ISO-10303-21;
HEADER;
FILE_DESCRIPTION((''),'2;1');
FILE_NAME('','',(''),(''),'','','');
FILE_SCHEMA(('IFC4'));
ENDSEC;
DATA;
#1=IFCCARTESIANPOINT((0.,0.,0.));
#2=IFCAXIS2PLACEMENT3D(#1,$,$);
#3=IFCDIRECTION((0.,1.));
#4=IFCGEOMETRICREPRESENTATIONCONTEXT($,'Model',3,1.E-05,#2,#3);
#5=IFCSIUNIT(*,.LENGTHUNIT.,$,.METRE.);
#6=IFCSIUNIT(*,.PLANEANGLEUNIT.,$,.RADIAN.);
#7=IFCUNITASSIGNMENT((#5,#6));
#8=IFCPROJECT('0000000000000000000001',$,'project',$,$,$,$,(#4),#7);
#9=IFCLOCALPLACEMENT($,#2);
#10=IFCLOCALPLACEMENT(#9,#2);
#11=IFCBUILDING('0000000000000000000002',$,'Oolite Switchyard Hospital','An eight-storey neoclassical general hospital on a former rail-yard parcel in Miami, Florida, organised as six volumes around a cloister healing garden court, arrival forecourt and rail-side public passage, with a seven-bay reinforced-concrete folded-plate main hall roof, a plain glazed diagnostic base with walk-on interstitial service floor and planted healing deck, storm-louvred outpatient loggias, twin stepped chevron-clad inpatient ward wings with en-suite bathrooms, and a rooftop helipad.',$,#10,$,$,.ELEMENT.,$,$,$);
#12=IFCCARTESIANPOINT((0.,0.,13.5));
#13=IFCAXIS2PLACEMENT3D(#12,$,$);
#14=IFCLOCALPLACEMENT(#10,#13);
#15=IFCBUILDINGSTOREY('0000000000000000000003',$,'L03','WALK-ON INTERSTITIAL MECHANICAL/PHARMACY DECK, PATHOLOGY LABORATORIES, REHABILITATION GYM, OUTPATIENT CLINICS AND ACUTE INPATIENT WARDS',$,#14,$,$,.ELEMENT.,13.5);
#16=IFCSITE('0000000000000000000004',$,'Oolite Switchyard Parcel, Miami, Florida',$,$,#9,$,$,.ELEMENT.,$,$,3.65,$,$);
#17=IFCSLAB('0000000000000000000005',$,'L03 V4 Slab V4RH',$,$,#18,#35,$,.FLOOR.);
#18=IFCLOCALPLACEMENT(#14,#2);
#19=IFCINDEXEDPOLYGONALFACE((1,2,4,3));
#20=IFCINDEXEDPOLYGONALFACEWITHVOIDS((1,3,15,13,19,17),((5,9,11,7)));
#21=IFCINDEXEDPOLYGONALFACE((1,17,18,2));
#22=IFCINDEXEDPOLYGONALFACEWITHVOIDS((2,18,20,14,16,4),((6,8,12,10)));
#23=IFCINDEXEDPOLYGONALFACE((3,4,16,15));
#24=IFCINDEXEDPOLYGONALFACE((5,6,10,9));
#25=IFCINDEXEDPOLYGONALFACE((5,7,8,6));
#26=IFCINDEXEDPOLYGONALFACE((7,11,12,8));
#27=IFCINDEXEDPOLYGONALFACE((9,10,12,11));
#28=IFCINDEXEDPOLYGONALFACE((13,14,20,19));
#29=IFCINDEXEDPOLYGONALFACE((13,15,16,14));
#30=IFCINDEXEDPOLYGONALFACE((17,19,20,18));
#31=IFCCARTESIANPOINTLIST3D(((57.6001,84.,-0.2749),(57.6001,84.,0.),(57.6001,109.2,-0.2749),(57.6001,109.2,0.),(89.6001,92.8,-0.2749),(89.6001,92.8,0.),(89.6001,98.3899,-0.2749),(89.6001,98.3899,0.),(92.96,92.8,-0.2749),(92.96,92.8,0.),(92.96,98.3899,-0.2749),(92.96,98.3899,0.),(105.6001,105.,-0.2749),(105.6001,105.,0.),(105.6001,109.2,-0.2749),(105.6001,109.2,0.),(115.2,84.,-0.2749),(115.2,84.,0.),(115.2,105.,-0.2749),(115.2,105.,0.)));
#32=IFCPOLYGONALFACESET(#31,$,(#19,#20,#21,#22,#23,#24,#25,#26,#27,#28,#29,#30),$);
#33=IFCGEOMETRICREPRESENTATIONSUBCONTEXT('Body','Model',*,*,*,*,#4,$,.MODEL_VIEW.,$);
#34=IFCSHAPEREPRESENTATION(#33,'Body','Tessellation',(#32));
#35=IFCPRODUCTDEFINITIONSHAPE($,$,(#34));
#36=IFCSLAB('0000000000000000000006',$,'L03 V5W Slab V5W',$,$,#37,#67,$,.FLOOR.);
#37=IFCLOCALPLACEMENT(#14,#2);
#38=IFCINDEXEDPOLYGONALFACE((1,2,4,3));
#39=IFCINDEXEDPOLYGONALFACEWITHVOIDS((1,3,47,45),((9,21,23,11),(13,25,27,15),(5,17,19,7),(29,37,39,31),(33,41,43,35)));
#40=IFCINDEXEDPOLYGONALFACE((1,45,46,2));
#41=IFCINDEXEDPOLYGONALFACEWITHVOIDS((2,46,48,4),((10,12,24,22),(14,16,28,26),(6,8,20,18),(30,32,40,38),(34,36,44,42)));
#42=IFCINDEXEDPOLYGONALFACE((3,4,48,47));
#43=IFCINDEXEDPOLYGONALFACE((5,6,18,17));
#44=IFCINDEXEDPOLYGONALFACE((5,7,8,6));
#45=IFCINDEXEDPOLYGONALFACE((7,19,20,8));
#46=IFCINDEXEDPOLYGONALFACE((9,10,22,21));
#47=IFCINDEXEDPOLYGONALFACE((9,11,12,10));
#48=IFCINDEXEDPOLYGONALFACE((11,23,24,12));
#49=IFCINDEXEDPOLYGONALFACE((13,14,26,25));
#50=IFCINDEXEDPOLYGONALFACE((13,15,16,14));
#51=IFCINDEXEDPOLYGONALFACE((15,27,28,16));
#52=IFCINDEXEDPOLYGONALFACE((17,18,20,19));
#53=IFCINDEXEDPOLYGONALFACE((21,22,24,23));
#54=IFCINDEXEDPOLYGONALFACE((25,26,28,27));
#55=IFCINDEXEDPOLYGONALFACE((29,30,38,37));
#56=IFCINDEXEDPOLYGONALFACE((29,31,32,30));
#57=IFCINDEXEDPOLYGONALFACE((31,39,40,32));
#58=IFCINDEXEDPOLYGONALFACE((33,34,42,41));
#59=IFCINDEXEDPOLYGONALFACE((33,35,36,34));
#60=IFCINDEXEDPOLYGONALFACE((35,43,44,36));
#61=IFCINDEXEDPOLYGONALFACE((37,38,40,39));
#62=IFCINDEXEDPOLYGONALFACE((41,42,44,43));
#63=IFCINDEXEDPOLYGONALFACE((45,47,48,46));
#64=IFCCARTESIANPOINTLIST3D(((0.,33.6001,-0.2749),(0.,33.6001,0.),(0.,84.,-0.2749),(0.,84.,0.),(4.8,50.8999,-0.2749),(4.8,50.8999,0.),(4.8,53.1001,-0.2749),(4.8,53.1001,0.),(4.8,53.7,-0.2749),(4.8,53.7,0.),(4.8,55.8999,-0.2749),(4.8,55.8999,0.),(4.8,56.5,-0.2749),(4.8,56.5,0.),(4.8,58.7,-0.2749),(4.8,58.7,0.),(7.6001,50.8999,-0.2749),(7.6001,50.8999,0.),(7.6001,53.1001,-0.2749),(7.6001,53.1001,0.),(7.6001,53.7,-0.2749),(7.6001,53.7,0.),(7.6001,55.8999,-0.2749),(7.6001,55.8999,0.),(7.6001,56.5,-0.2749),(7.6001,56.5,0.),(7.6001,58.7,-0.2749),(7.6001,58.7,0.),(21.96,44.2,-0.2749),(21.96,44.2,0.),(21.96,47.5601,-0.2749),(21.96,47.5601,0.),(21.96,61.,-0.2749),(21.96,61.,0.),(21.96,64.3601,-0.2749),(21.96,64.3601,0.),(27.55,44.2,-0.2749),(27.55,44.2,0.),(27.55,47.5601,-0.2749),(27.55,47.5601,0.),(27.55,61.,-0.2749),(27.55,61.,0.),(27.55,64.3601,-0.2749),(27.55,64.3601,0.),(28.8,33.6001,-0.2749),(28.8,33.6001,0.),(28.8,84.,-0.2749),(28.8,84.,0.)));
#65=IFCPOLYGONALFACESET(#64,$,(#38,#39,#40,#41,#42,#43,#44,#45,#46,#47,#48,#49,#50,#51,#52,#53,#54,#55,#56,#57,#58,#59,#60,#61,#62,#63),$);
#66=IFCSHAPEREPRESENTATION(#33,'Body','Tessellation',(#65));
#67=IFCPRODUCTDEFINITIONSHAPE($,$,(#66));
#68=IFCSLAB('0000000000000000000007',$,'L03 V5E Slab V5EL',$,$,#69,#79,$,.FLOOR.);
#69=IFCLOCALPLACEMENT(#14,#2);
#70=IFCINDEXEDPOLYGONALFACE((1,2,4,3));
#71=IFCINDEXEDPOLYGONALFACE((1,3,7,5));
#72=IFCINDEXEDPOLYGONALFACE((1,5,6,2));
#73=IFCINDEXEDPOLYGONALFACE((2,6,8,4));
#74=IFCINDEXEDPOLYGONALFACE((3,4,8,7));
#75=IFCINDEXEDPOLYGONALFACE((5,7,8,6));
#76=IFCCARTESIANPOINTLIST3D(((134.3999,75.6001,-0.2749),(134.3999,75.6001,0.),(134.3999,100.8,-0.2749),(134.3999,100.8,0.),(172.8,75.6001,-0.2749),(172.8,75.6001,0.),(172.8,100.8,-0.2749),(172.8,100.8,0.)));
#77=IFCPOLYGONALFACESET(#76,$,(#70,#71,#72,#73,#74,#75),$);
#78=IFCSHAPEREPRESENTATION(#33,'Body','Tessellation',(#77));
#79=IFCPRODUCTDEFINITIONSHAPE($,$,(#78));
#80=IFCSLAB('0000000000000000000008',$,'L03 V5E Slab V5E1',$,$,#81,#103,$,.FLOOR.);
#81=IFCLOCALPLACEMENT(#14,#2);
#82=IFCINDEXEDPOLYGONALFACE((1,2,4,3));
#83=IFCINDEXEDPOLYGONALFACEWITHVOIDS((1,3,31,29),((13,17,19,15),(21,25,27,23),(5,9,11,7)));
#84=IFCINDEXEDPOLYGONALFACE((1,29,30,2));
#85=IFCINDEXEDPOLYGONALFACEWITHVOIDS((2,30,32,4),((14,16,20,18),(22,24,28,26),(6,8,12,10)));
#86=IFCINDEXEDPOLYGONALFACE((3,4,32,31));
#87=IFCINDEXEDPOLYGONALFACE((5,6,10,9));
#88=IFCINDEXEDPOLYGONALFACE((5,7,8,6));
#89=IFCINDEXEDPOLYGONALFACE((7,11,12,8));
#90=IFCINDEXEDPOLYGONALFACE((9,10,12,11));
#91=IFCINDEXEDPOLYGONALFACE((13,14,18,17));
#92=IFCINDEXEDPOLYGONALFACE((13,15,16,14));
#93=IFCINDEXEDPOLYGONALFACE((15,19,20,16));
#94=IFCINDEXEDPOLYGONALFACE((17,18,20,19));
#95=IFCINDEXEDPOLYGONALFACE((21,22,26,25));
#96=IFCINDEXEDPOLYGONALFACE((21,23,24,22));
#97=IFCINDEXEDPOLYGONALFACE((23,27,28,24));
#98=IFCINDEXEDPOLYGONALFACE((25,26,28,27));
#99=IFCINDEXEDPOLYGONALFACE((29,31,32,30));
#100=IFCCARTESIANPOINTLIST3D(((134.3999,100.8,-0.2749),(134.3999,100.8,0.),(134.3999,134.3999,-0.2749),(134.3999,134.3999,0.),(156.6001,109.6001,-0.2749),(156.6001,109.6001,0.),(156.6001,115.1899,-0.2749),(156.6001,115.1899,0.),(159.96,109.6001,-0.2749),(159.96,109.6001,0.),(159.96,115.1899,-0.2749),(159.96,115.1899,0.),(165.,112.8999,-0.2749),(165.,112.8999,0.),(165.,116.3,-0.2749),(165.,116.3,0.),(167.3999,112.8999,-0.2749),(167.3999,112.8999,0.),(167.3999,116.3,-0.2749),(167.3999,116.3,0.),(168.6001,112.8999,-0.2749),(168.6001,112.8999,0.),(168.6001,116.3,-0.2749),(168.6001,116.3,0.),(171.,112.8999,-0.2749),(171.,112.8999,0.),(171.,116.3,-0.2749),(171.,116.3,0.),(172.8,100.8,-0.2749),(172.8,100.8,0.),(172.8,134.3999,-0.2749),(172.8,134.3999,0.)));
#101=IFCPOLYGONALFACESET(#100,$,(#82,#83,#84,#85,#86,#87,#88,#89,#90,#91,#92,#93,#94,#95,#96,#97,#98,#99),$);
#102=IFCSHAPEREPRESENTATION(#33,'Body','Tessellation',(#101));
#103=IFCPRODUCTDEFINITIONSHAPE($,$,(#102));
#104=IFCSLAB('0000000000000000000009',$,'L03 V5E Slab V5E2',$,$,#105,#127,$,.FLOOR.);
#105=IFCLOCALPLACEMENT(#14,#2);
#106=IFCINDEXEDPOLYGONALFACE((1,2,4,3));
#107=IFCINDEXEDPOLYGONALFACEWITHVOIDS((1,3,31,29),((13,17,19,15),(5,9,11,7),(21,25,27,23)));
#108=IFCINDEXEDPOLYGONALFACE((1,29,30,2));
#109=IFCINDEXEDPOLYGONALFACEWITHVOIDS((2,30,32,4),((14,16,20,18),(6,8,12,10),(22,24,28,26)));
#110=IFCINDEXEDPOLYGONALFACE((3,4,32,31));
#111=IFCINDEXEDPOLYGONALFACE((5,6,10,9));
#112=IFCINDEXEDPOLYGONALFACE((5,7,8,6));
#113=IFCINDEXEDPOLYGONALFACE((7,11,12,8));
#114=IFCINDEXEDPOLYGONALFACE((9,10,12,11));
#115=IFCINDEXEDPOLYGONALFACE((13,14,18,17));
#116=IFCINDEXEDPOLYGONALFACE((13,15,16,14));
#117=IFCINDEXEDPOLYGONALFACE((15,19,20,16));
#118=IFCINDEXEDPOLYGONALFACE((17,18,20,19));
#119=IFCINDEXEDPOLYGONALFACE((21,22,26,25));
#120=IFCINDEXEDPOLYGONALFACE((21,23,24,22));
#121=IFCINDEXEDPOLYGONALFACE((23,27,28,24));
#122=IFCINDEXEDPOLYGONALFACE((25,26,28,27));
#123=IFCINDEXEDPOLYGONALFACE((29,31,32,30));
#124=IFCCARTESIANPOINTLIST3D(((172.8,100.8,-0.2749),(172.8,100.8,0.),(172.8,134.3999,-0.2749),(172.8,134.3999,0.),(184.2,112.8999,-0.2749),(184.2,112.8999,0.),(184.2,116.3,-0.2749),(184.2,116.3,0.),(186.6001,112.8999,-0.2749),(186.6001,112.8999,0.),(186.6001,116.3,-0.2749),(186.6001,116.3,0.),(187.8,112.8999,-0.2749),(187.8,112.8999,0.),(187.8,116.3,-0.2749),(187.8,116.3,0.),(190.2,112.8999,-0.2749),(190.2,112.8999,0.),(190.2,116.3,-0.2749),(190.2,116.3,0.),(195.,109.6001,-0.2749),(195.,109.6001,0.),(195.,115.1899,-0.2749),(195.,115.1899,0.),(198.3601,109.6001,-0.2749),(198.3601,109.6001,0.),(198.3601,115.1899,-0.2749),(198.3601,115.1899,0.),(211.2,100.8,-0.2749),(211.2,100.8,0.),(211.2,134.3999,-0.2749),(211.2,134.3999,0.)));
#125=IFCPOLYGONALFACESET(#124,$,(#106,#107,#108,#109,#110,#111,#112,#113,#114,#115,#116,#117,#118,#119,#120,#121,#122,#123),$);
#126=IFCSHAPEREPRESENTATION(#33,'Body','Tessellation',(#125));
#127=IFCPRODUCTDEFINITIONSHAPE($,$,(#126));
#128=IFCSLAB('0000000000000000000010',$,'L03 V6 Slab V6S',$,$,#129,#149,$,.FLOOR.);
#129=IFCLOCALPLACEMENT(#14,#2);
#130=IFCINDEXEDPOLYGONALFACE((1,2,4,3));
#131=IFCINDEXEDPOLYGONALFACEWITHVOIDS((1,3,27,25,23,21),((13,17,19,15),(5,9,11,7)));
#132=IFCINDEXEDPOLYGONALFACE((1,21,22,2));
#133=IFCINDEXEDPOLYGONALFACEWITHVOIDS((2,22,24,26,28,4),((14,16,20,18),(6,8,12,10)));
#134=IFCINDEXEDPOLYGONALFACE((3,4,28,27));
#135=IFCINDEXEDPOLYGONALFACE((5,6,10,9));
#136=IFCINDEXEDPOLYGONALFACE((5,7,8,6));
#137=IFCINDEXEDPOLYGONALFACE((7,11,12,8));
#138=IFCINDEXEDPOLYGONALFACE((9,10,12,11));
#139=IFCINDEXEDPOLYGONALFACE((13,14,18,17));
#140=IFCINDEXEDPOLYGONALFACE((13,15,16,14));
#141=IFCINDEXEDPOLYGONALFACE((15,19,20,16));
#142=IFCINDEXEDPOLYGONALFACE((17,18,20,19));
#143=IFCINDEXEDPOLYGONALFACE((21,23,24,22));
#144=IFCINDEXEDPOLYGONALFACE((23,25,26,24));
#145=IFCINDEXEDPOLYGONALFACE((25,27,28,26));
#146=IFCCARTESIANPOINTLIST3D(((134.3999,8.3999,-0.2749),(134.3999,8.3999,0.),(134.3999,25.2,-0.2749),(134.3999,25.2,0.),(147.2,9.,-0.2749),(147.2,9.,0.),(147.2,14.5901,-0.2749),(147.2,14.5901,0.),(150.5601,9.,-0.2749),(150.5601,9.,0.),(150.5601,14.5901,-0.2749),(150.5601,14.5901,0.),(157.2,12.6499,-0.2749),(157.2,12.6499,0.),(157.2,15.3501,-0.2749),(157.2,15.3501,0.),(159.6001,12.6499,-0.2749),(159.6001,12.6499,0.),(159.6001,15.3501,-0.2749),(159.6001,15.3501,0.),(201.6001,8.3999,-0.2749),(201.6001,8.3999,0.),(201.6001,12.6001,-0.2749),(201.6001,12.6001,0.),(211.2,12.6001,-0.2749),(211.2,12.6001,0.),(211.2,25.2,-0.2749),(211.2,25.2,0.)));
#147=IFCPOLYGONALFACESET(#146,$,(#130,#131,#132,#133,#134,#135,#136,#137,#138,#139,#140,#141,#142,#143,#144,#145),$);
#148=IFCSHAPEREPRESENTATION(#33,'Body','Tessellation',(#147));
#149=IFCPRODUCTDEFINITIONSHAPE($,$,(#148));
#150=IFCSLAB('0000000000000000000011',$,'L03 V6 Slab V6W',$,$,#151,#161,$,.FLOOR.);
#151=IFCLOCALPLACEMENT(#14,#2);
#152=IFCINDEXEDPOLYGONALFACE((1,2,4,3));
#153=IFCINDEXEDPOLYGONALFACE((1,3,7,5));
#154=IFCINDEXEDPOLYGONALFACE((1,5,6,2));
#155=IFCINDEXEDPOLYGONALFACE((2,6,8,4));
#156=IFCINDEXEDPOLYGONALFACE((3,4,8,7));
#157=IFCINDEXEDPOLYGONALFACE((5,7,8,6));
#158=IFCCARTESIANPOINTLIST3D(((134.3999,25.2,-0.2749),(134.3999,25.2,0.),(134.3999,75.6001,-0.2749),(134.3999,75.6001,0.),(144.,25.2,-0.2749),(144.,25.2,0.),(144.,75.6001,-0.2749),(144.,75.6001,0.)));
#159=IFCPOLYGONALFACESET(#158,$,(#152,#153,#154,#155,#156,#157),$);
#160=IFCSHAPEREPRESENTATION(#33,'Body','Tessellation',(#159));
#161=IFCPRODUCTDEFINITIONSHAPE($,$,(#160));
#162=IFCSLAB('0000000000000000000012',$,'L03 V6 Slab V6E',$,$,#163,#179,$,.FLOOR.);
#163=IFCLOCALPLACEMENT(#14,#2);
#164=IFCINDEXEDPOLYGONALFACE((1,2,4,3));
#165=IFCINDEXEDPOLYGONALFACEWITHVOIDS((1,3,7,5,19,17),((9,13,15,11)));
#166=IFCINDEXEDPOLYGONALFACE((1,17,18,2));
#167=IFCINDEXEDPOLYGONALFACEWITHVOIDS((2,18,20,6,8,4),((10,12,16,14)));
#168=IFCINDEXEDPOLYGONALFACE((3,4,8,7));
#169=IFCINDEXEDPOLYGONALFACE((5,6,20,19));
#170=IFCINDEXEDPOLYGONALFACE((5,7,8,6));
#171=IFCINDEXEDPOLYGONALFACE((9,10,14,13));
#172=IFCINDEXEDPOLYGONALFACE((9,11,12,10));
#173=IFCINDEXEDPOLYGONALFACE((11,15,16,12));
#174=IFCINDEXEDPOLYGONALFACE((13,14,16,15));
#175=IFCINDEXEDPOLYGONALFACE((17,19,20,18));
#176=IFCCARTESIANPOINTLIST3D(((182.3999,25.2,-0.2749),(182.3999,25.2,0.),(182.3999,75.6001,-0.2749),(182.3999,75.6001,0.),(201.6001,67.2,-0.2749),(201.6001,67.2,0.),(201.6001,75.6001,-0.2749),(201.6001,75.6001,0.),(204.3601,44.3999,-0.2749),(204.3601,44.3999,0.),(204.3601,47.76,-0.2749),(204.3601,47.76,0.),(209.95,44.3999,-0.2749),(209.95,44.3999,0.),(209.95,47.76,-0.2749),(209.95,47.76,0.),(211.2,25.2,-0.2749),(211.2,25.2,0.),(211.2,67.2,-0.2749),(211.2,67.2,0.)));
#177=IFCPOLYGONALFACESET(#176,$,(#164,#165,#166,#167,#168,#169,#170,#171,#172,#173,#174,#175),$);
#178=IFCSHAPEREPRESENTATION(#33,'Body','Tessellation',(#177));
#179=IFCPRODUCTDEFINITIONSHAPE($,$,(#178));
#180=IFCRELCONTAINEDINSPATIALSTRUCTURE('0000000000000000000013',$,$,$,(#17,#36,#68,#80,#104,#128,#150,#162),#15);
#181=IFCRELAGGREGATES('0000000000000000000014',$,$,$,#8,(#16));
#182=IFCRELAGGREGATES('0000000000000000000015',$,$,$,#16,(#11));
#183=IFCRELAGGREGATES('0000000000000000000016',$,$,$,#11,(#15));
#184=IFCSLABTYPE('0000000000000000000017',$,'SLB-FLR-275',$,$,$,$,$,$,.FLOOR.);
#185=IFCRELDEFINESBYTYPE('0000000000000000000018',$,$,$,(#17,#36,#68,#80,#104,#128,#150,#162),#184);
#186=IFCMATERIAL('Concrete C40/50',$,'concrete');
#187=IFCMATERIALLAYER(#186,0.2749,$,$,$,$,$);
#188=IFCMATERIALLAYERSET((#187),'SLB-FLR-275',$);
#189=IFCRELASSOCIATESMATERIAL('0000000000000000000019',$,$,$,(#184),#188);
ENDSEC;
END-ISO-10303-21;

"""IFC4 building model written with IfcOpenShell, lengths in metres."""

from ifc_helpers import new_model, si_unit, direction, frame, origin, place, context, subcontext, project, spatial, polyline, outline, extrude, material, layer, layer_set, type_object, element, save


model = new_model("IFC4")

# Units and contexts
model_context = context("Model", 3, precision=1e-05, world=origin(), true_north=direction((0.0, 1.0)))
body_context = subcontext(model_context, "Body", "Model", "MODEL_VIEW")
ifc_project = project(units=[si_unit("LENGTHUNIT", "METRE"), si_unit("PLANEANGLEUNIT", "RADIAN")], contexts=[model_context])

# Site, building, storey
site_placement = place(None, origin())
site = spatial("IfcSite", under=ifc_project, at=site_placement, Name="Oolite Switchyard Parcel, Miami, Florida", CompositionType="ELEMENT", RefElevation=3.65)
building_placement = place(site_placement, origin())
building = spatial("IfcBuilding", under=site, at=building_placement, Name="Oolite Switchyard Hospital", Description="An eight-storey neoclassical general hospital on a former rail-yard parcel in Miami, Florida, organised as six volumes around a cloister healing garden court, arrival forecourt and rail-side public passage, with a seven-bay reinforced-concrete folded-plate main hall roof, a plain glazed diagnostic base with walk-on interstitial service floor and planted healing deck, storm-louvred outpatient loggias, twin stepped chevron-clad inpatient ward wings with en-suite bathrooms, and a rooftop helipad.", CompositionType="ELEMENT")
storey_placement = place(building_placement, frame((0.0, 0.0, 13.5)))
storey = spatial("IfcBuildingStorey", under=building, at=storey_placement, Name="L03", Description="WALK-ON INTERSTITIAL MECHANICAL/PHARMACY DECK, PATHOLOGY LABORATORIES, REHABILITATION GYM, OUTPATIENT CLINICS AND ACUTE INPATIENT WARDS", CompositionType="ELEMENT", Elevation=13.5)

# Slabs
ifc_material_1 = material(Name="Concrete C40/50", Category="concrete")
ifc_layer_1 = layer(ifc_material_1, 0.2749)
ifc_layer_set_1 = layer_set([ifc_layer_1], Name="SLB-FLR-275")
slab_type_1 = type_object("IfcSlabType", Name="SLB-FLR-275", PredefinedType="FLOOR", material=ifc_layer_set_1)
slab_1_placement = place(storey_placement, frame((0.0, 0.0, -0.2749)))
element("IfcSlab", 1, at=slab_1_placement, inside=storey, type_object=slab_type_1, Name="L03 V4 Slab V4RH", PredefinedType="FLOOR", context=body_context, shape_type="SweptSolid", body=[
    extrude(outline(polyline([(57.6001, 84.0), (115.2, 84.0), (115.2, 105.0), (105.6001, 105.0), (105.6001, 109.2), (57.6001, 109.2), (57.6001, 84.0)]), holes=[polyline([(89.6001, 98.3899), (89.6001, 92.8), (92.96, 92.8), (92.96, 98.3899), (89.6001, 98.3899)])]), origin(), (0.0, 0.0, 1.0), 0.2749),
])
slab_2_placement = place(storey_placement, frame((0.0, 0.0, -0.2749)))
element("IfcSlab", 2, at=slab_2_placement, inside=storey, type_object=slab_type_1, Name="L03 V5W Slab V5W", PredefinedType="FLOOR", context=body_context, shape_type="SweptSolid", body=[
    extrude(outline(polyline([(0.0, 33.6001), (28.8, 33.6001), (28.8, 84.0), (0.0, 84.0), (0.0, 33.6001)]), holes=[polyline([(21.96, 44.2), (27.55, 44.2), (27.55, 47.5601), (21.96, 47.5601), (21.96, 44.2)]), polyline([(21.96, 61.0), (27.55, 61.0), (27.55, 64.3601), (21.96, 64.3601), (21.96, 61.0)]), polyline([(4.8, 50.8999), (7.6001, 50.8999), (7.6001, 53.1001), (4.8, 53.1001), (4.8, 50.8999)]), polyline([(4.8, 53.7), (7.6001, 53.7), (7.6001, 55.8999), (4.8, 55.8999), (4.8, 53.7)]), polyline([(4.8, 56.5), (7.6001, 56.5), (7.6001, 58.7), (4.8, 58.7), (4.8, 56.5)])]), origin(), (0.0, 0.0, 1.0), 0.2749),
])
slab_3_placement = place(storey_placement, frame((0.0, 0.0, -0.2749)))
element("IfcSlab", 3, at=slab_3_placement, inside=storey, type_object=slab_type_1, Name="L03 V5E Slab V5EL", PredefinedType="FLOOR", context=body_context, shape_type="SweptSolid", body=[
    extrude(outline(polyline([(134.3999, 75.6001), (172.8, 75.6001), (172.8, 100.8), (134.3999, 100.8), (134.3999, 75.6001)])), origin(), (0.0, 0.0, 1.0), 0.2749),
])
slab_4_placement = place(storey_placement, frame((0.0, 0.0, -0.2749)))
element("IfcSlab", 4, at=slab_4_placement, inside=storey, type_object=slab_type_1, Name="L03 V5E Slab V5E1", PredefinedType="FLOOR", context=body_context, shape_type="SweptSolid", body=[
    extrude(outline(polyline([(134.3999, 100.8), (172.8, 100.8), (172.8, 134.3999), (134.3999, 134.3999), (134.3999, 100.8)]), holes=[polyline([(156.6001, 115.1899), (156.6001, 109.6001), (159.96, 109.6001), (159.96, 115.1899), (156.6001, 115.1899)]), polyline([(165.0, 112.8999), (167.3999, 112.8999), (167.3999, 116.3), (165.0, 116.3), (165.0, 112.8999)]), polyline([(168.6001, 112.8999), (171.0, 112.8999), (171.0, 116.3), (168.6001, 116.3), (168.6001, 112.8999)])]), origin(), (0.0, 0.0, 1.0), 0.2749),
])
slab_5_placement = place(storey_placement, frame((0.0, 0.0, -0.2749)))
element("IfcSlab", 5, at=slab_5_placement, inside=storey, type_object=slab_type_1, Name="L03 V5E Slab V5E2", PredefinedType="FLOOR", context=body_context, shape_type="SweptSolid", body=[
    extrude(outline(polyline([(172.8, 100.8), (211.2, 100.8), (211.2, 134.3999), (172.8, 134.3999), (172.8, 100.8)]), holes=[polyline([(195.0, 115.1899), (195.0, 109.6001), (198.3601, 109.6001), (198.3601, 115.1899), (195.0, 115.1899)]), polyline([(184.2, 112.8999), (186.6001, 112.8999), (186.6001, 116.3), (184.2, 116.3), (184.2, 112.8999)]), polyline([(187.8, 112.8999), (190.2, 112.8999), (190.2, 116.3), (187.8, 116.3), (187.8, 112.8999)])]), origin(), (0.0, 0.0, 1.0), 0.2749),
])
slab_6_placement = place(storey_placement, frame((0.0, 0.0, -0.2749)))
element("IfcSlab", 6, at=slab_6_placement, inside=storey, type_object=slab_type_1, Name="L03 V6 Slab V6S", PredefinedType="FLOOR", context=body_context, shape_type="SweptSolid", body=[
    extrude(outline(polyline([(134.3999, 8.3999), (201.6001, 8.3999), (201.6001, 12.6001), (211.2, 12.6001), (211.2, 25.2), (134.3999, 25.2), (134.3999, 8.3999)]), holes=[polyline([(147.2, 14.5901), (147.2, 9.0), (150.5601, 9.0), (150.5601, 14.5901), (147.2, 14.5901)]), polyline([(157.2, 12.6499), (159.6001, 12.6499), (159.6001, 15.3501), (157.2, 15.3501), (157.2, 12.6499)])]), origin(), (0.0, 0.0, 1.0), 0.2749),
])
slab_7_placement = place(storey_placement, frame((0.0, 0.0, -0.2749)))
element("IfcSlab", 7, at=slab_7_placement, inside=storey, type_object=slab_type_1, Name="L03 V6 Slab V6W", PredefinedType="FLOOR", context=body_context, shape_type="SweptSolid", body=[
    extrude(outline(polyline([(134.3999, 25.2), (144.0, 25.2), (144.0, 75.6001), (134.3999, 75.6001), (134.3999, 25.2)])), origin(), (0.0, 0.0, 1.0), 0.2749),
])
slab_8_placement = place(storey_placement, frame((0.0, 0.0, -0.2749)))
element("IfcSlab", 8, at=slab_8_placement, inside=storey, type_object=slab_type_1, Name="L03 V6 Slab V6E", PredefinedType="FLOOR", context=body_context, shape_type="SweptSolid", body=[
    extrude(outline(polyline([(182.3999, 25.2), (211.2, 25.2), (211.2, 67.2), (201.6001, 67.2), (201.6001, 75.6001), (182.3999, 75.6001), (182.3999, 25.2)]), holes=[polyline([(204.3601, 44.3999), (209.95, 44.3999), (209.95, 47.76), (204.3601, 47.76), (204.3601, 44.3999)])]), origin(), (0.0, 0.0, 1.0), 0.2749),
])

save(model, "model.ifc")
